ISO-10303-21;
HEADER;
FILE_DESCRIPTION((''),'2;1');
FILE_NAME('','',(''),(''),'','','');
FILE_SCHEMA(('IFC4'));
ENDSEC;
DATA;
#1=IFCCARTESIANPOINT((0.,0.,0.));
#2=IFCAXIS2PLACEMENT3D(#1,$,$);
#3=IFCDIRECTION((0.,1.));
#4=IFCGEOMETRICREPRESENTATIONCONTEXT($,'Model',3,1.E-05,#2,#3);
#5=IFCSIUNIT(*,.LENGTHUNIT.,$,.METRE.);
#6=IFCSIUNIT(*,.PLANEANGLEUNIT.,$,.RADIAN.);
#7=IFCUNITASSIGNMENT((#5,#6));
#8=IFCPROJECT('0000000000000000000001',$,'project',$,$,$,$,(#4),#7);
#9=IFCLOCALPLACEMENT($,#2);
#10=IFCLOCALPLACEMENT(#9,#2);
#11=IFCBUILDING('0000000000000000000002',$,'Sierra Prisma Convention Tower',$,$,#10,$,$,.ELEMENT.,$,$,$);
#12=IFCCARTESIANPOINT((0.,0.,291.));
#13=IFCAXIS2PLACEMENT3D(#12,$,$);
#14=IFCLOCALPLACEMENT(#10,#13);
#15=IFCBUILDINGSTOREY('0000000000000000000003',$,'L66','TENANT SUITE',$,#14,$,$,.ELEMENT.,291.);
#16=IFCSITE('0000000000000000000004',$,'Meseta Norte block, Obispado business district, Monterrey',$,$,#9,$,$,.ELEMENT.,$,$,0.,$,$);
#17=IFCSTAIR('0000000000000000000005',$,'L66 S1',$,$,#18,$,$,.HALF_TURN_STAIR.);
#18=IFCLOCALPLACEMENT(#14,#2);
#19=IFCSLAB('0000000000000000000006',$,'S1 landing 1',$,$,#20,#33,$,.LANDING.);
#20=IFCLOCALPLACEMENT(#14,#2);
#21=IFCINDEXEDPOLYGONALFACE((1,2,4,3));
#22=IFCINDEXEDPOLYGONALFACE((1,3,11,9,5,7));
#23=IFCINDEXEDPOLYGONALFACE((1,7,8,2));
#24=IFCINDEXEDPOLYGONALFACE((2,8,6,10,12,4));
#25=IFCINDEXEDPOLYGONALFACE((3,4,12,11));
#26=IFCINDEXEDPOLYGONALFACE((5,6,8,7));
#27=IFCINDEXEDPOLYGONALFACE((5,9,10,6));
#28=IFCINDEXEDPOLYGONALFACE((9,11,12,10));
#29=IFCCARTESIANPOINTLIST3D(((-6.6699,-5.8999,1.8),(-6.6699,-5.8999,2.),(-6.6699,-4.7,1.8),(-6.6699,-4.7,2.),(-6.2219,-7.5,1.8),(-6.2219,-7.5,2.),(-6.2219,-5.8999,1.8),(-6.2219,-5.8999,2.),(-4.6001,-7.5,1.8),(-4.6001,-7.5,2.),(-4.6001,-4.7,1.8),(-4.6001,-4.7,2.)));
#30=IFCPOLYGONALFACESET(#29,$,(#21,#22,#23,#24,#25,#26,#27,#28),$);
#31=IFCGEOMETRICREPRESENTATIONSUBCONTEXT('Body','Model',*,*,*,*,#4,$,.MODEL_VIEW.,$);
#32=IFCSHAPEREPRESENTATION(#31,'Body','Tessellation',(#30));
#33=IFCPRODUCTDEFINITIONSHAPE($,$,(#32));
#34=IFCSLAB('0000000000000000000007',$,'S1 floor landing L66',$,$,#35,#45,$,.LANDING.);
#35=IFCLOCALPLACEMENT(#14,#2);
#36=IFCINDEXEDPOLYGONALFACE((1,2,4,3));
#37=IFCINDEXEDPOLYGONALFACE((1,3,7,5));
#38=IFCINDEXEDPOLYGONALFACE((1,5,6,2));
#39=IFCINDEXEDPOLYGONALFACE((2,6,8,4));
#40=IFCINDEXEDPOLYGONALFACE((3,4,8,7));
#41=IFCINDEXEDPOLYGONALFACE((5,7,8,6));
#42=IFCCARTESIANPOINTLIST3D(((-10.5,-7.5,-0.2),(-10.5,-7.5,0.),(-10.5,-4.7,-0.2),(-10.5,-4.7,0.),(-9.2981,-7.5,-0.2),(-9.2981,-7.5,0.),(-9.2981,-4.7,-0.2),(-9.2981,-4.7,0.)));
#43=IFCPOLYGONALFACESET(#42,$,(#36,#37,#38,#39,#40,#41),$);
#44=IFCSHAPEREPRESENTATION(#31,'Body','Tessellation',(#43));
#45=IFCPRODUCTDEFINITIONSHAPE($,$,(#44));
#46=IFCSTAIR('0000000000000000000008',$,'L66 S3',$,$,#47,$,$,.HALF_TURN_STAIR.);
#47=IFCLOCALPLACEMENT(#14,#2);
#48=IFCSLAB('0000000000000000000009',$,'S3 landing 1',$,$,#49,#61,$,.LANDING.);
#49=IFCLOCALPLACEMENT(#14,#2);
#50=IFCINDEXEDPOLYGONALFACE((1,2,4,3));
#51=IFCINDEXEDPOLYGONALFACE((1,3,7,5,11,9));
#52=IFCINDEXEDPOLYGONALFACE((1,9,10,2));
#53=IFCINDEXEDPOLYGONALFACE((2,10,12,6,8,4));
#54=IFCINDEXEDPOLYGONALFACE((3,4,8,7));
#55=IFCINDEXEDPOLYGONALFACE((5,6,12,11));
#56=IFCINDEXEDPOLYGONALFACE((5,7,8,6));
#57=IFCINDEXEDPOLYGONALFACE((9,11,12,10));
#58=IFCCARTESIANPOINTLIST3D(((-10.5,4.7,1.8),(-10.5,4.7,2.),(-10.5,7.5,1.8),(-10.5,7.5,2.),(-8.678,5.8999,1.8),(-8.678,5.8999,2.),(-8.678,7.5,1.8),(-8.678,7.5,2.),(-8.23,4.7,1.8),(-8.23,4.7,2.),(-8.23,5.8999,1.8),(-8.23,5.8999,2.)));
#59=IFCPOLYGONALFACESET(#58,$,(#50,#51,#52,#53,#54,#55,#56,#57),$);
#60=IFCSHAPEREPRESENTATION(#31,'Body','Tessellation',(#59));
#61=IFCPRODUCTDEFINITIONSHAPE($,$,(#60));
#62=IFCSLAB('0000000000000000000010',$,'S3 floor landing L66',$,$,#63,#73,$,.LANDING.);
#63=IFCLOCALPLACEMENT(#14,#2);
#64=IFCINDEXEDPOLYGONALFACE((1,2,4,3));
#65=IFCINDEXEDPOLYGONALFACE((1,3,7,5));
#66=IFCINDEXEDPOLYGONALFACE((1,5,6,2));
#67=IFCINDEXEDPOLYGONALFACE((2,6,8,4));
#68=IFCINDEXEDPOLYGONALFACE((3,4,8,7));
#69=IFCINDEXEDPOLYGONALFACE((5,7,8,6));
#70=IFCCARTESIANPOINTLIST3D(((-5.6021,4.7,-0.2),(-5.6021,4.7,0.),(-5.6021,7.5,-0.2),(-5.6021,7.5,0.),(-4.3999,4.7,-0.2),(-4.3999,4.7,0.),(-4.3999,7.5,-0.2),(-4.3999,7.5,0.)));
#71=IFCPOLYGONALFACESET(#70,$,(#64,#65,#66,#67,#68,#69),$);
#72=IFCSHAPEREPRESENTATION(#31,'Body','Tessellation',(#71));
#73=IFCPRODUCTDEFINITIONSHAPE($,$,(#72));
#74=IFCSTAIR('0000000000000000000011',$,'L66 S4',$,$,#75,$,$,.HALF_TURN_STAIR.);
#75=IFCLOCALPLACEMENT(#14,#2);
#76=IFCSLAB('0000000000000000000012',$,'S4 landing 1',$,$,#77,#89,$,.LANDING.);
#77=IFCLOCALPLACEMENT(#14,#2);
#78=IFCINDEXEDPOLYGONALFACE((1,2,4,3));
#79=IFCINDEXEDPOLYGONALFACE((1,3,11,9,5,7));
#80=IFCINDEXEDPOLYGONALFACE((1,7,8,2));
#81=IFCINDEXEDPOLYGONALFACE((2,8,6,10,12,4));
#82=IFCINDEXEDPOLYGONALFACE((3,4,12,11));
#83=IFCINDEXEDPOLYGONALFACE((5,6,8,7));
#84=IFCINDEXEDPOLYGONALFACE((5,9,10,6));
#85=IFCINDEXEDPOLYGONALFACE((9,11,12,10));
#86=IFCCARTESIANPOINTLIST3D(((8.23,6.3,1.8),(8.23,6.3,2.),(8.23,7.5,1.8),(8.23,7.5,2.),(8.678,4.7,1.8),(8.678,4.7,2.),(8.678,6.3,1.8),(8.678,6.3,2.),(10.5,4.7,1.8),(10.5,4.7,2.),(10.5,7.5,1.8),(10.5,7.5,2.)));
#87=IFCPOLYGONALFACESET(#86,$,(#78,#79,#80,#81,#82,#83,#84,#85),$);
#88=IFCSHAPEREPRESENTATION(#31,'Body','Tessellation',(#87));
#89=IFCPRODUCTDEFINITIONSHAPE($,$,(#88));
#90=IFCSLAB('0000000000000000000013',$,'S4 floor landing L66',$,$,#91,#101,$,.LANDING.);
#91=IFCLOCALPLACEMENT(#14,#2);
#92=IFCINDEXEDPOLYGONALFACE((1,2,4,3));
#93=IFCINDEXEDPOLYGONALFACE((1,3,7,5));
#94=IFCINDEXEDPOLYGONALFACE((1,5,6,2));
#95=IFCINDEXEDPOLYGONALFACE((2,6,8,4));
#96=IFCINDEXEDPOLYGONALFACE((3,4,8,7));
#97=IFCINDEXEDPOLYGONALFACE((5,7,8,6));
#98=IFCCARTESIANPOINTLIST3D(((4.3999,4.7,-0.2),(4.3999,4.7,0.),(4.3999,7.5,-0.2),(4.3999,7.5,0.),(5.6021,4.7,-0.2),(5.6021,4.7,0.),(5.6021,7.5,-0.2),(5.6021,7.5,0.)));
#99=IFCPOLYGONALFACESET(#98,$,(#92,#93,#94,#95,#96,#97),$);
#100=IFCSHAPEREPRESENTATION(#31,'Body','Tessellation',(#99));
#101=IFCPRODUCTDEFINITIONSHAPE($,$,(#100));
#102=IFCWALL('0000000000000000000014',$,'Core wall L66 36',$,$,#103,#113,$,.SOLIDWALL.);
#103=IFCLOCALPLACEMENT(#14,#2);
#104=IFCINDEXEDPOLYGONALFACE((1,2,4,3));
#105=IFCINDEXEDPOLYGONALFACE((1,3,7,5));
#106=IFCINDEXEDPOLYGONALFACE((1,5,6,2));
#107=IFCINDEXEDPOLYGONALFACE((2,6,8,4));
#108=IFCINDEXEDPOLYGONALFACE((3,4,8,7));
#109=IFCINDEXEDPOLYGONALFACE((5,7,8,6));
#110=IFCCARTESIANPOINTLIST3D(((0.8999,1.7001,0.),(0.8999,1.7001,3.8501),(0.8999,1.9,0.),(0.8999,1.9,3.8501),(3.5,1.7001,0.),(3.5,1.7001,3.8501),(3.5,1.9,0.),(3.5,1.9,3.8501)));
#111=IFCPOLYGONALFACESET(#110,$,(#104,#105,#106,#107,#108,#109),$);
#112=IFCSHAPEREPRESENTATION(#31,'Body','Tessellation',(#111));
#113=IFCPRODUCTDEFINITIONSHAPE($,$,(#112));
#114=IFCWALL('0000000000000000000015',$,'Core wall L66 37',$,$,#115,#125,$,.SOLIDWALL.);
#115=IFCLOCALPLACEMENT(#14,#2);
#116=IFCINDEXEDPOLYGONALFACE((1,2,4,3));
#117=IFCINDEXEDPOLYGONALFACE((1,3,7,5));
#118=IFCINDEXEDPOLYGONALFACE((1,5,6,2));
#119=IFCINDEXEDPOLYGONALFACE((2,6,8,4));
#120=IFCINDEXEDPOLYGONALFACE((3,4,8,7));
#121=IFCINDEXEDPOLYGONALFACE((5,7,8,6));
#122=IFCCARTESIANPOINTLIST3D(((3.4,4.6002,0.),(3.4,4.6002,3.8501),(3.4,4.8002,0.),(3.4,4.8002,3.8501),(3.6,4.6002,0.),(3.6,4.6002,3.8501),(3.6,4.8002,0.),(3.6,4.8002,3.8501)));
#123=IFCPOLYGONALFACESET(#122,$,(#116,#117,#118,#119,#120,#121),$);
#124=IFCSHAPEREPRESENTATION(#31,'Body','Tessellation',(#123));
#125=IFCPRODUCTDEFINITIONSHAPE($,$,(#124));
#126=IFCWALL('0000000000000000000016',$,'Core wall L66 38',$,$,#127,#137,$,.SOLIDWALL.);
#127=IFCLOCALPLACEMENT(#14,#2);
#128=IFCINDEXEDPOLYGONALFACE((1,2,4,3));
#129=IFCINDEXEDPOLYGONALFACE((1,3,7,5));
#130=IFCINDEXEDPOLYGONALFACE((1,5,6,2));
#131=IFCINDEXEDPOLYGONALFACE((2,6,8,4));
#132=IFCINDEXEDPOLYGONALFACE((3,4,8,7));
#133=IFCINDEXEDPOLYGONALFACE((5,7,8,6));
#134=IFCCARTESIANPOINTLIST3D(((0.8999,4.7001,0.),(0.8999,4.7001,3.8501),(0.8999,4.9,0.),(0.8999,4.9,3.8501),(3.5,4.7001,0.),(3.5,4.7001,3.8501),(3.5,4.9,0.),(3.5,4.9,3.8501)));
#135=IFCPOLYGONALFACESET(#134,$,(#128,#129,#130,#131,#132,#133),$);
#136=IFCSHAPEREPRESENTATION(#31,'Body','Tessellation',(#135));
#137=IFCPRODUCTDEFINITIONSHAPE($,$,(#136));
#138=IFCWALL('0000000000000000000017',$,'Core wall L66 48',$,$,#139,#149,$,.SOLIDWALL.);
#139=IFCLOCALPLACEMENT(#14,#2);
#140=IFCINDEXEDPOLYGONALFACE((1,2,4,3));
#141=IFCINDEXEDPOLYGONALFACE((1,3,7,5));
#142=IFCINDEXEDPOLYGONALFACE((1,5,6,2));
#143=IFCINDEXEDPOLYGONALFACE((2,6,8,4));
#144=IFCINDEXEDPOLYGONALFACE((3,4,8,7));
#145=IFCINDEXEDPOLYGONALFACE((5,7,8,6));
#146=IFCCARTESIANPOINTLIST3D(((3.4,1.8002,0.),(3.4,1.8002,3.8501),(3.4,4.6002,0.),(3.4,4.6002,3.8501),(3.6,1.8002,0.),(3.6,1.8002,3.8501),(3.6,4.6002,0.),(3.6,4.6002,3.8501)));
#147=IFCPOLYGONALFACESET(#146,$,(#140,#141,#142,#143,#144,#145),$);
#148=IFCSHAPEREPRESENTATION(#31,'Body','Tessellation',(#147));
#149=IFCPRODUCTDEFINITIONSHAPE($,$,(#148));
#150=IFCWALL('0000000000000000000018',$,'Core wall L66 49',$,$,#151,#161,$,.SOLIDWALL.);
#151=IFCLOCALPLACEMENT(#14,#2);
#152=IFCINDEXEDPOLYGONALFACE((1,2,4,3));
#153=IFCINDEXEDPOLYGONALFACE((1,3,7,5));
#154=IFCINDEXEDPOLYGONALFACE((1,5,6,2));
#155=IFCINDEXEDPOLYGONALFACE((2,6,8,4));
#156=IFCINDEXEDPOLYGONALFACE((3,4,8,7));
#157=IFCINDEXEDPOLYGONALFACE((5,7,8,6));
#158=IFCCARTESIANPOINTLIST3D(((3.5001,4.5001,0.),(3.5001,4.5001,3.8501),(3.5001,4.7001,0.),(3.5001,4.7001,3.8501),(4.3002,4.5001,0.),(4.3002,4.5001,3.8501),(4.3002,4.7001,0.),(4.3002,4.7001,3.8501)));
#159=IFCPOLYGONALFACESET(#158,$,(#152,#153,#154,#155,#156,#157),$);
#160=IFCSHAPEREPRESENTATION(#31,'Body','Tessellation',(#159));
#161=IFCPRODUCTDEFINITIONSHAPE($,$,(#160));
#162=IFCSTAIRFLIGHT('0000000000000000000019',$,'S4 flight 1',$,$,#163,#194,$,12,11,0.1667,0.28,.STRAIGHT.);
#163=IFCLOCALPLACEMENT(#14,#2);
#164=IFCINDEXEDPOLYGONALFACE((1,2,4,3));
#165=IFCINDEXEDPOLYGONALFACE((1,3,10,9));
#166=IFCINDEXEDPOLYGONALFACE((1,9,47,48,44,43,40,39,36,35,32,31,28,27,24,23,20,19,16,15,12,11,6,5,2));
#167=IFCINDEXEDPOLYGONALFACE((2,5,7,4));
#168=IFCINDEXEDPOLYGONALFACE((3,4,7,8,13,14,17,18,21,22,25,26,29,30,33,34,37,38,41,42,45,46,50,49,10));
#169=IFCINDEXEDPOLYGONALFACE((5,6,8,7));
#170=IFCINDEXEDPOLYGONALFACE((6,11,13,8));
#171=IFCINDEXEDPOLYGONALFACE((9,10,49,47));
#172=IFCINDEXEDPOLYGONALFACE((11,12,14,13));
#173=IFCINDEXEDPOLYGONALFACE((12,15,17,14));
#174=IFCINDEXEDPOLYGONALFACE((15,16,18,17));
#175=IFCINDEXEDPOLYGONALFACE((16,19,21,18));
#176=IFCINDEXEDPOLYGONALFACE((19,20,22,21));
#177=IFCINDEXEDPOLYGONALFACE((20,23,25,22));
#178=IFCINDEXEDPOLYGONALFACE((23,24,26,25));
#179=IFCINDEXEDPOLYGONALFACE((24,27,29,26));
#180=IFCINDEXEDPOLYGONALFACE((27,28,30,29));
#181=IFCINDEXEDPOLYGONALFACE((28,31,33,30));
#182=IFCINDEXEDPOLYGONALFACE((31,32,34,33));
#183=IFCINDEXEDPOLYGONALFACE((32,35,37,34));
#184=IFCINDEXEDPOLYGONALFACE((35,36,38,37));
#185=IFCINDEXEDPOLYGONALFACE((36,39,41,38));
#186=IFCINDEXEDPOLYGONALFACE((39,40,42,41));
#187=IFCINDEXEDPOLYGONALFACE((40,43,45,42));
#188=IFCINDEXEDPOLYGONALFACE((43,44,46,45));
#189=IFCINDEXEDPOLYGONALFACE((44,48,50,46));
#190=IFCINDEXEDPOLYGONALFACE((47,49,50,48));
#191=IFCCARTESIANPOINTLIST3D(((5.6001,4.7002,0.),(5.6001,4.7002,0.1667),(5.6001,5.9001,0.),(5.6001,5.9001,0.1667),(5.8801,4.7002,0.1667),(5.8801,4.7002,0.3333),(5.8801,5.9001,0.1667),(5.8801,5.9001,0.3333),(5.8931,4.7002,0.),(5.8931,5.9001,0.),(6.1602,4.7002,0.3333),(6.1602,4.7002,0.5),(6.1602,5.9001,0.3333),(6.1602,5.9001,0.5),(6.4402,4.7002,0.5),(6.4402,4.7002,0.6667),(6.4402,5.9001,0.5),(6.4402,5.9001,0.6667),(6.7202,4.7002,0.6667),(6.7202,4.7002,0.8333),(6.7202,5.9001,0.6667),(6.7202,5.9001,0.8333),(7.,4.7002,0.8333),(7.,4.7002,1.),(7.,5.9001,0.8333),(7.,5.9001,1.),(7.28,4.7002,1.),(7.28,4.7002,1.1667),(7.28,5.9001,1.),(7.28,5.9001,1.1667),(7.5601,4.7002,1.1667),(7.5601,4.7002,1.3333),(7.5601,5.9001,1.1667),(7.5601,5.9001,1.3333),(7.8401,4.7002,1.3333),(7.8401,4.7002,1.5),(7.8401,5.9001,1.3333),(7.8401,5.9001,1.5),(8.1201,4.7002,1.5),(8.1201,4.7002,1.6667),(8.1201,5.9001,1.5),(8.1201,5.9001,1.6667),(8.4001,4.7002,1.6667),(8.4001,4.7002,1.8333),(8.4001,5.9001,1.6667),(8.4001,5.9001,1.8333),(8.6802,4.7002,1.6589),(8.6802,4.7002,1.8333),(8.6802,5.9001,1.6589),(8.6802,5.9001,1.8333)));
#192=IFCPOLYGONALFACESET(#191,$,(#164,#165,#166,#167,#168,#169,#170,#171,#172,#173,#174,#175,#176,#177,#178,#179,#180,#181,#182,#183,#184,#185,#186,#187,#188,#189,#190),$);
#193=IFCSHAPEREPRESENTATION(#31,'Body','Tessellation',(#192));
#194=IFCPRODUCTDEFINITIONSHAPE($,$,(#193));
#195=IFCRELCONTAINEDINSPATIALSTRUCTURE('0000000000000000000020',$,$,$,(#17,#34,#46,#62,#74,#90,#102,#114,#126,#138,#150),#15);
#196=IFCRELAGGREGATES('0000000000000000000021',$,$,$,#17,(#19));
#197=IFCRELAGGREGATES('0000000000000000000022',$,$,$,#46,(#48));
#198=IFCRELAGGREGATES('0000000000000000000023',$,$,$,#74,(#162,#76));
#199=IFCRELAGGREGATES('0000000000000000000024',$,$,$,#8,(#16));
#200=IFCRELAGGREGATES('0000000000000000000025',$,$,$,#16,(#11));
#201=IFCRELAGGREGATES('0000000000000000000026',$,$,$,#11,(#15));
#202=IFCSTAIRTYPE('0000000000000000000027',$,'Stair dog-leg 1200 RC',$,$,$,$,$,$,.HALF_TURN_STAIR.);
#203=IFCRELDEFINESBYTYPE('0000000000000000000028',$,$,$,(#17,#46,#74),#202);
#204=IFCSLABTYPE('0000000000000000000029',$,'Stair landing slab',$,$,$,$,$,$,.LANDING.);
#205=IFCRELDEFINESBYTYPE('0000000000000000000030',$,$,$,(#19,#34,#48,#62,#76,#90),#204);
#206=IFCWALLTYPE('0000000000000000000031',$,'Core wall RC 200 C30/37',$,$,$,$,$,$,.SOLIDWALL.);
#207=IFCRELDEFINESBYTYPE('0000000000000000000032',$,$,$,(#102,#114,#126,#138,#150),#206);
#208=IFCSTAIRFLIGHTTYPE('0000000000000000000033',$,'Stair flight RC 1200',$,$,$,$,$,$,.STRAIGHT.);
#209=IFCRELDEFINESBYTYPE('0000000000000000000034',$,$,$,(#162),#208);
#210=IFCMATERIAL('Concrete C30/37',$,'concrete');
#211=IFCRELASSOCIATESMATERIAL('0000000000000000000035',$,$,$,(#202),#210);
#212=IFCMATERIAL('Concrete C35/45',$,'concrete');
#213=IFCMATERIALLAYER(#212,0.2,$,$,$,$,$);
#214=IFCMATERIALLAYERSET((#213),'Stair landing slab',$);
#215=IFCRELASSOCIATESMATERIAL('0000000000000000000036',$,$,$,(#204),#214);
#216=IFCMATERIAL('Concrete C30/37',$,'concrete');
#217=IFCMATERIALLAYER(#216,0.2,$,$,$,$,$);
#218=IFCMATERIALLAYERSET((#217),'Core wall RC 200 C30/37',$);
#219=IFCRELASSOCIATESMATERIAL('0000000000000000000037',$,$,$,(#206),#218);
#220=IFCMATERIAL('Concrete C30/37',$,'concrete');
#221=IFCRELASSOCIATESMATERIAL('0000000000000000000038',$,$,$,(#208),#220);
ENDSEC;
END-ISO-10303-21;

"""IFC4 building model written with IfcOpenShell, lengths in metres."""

from ifc_helpers import new_model, si_unit, direction, frame, frame_2d, origin, place, context, subcontext, project, spatial, polyline, rectangle, outline, extrude, material, layer, layer_set, type_object, element, aggregate, save


model = new_model("IFC4")

# Units and contexts
model_context = context("Model", 3, precision=1e-05, world=origin(), true_north=direction((0.0, 1.0)))
body_context = subcontext(model_context, "Body", "Model", "MODEL_VIEW")
ifc_project = project(units=[si_unit("LENGTHUNIT", "METRE"), si_unit("PLANEANGLEUNIT", "RADIAN")], contexts=[model_context])

# Site, building, storey
site_placement = place(None, origin())
site = spatial("IfcSite", under=ifc_project, at=site_placement, Name="Meseta Norte block, Obispado business district, Monterrey", CompositionType="ELEMENT", RefElevation=0.0)
building_placement = place(site_placement, origin())
building = spatial("IfcBuilding", under=site, at=building_placement, Name="Sierra Prisma Convention Tower", CompositionType="ELEMENT")
storey_placement = place(building_placement, frame((0.0, 0.0, 291.0)))
storey = spatial("IfcBuildingStorey", under=building, at=storey_placement, Name="L66", Description="TENANT SUITE", CompositionType="ELEMENT", Elevation=291.0)

# Stair, slab
ifc_material_1 = material(Name="Concrete C30/37", Category="concrete")
stair_type = type_object("IfcStairType", Name="Stair dog-leg 1200 RC", PredefinedType="HALF_TURN_STAIR", material=ifc_material_1)
stair_1_placement = place(storey_placement, origin())
stair_1 = element("IfcStair", 1, at=stair_1_placement, inside=storey, type_object=stair_type, Name="L66 S1", PredefinedType="HALF_TURN_STAIR")
ifc_material_2 = material(Name="Concrete C35/45", Category="concrete")
ifc_layer_1 = layer(ifc_material_2, 0.2)
ifc_layer_set_1 = layer_set([ifc_layer_1], Name="Stair landing slab")
slab_type = type_object("IfcSlabType", Name="Stair landing slab", PredefinedType="LANDING", material=ifc_layer_set_1)
slab_1_placement = place(storey_placement, frame((0.0, 0.0, 1.8)))
slab_1 = element("IfcSlab", 2, at=slab_1_placement, type_object=slab_type, Name="S1 landing 1", PredefinedType="LANDING", context=body_context, shape_type="SweptSolid", body=[
    extrude(outline(polyline([(-4.6001, -4.7), (-4.6001, -7.5), (-6.2219, -7.5), (-6.2219, -5.8999), (-6.6699, -5.8999), (-6.6699, -4.7), (-4.6001, -4.7)])), origin(), (0.0, 0.0, 1.0), 0.2),
])
aggregate(stair_1, [slab_1])

# Slab
slab_2_placement = place(storey_placement, frame((0.0, 0.0, -0.2)))
element("IfcSlab", 3, at=slab_2_placement, inside=storey, type_object=slab_type, Name="S1 floor landing L66", PredefinedType="LANDING", context=body_context, shape_type="SweptSolid", body=[
    extrude(outline(polyline([(-10.5, -7.5), (-9.2981, -7.5), (-9.2981, -4.7), (-10.5, -4.7), (-10.5, -7.5)])), origin(), (0.0, 0.0, 1.0), 0.2),
])

# Stair, slab
stair_2_placement = place(storey_placement, origin())
stair_2 = element("IfcStair", 4, at=stair_2_placement, inside=storey, type_object=stair_type, Name="L66 S3", PredefinedType="HALF_TURN_STAIR")
slab_3_placement = place(storey_placement, frame((0.0, 0.0, 1.8)))
slab_3 = element("IfcSlab", 5, at=slab_3_placement, type_object=slab_type, Name="S3 landing 1", PredefinedType="LANDING", context=body_context, shape_type="SweptSolid", body=[
    extrude(outline(polyline([(-8.23, 5.8999), (-8.23, 4.7), (-10.5, 4.7), (-10.5, 7.5), (-8.678, 7.5), (-8.678, 5.8999), (-8.23, 5.8999)])), origin(), (0.0, 0.0, 1.0), 0.2),
])
aggregate(stair_2, [slab_3])

# Slab
slab_4_placement = place(storey_placement, frame((0.0, 0.0, -0.2)))
element("IfcSlab", 6, at=slab_4_placement, inside=storey, type_object=slab_type, Name="S3 floor landing L66", PredefinedType="LANDING", context=body_context, shape_type="SweptSolid", body=[
    extrude(outline(polyline([(-4.3999, 7.5), (-5.6021, 7.5), (-5.6021, 4.7), (-4.3999, 4.7), (-4.3999, 7.5)])), origin(), (0.0, 0.0, 1.0), 0.2),
])

# Stair, slab
stair_3_placement = place(storey_placement, origin())
stair_3 = element("IfcStair", 7, at=stair_3_placement, inside=storey, type_object=stair_type, Name="L66 S4", PredefinedType="HALF_TURN_STAIR")
slab_5_placement = place(storey_placement, frame((0.0, 0.0, 1.8)))
slab_5 = element("IfcSlab", 8, at=slab_5_placement, type_object=slab_type, Name="S4 landing 1", PredefinedType="LANDING", context=body_context, shape_type="SweptSolid", body=[
    extrude(outline(polyline([(10.5, 7.5), (10.5, 4.7), (8.678, 4.7), (8.678, 6.3), (8.23, 6.3), (8.23, 7.5), (10.5, 7.5)])), origin(), (0.0, 0.0, 1.0), 0.2),
])

# Slab
slab_6_placement = place(storey_placement, frame((0.0, 0.0, -0.2)))
element("IfcSlab", 9, at=slab_6_placement, inside=storey, type_object=slab_type, Name="S4 floor landing L66", PredefinedType="LANDING", context=body_context, shape_type="SweptSolid", body=[
    extrude(outline(polyline([(4.3999, 4.7), (5.6021, 4.7), (5.6021, 7.5), (4.3999, 7.5), (4.3999, 4.7)])), origin(), (0.0, 0.0, 1.0), 0.2),
])

# Shared definitions
ifc_material_3 = material(Name="Concrete C30/37", Category="concrete")
ifc_layer_2 = layer(ifc_material_3, 0.2)
ifc_layer_set_2 = layer_set([ifc_layer_2], Name="Core wall RC 200 C30/37")
wall_type = type_object("IfcWallType", Name="Core wall RC 200 C30/37", PredefinedType="SOLIDWALL", material=ifc_layer_set_2)

# Walls
wall_1_placement = place(storey_placement, frame((3.5, 1.8, 0.0), z_axis=(0.0, 0.0, 1.0), x_axis=(-1.0, 0.0, 0.0)))
element("IfcWall", 10, at=wall_1_placement, inside=storey, type_object=wall_type, Name="Core wall L66 36", PredefinedType="SOLIDWALL", context=body_context, shape_type="SweptSolid", body=[
    extrude(rectangle(XDim=2.6001, YDim=0.2, at=frame_2d((1.3, 0.0))), origin(), (0.0, 0.0, 1.0), 3.8501),
])
wall_2_placement = place(storey_placement, frame((3.5, 4.6001, 0.0), z_axis=(0.0, 0.0, 1.0), x_axis=(0.0, 1.0, 0.0)))
element("IfcWall", 11, at=wall_2_placement, inside=storey, type_object=wall_type, Name="Core wall L66 37", PredefinedType="SOLIDWALL", context=body_context, shape_type="SweptSolid", body=[
    extrude(rectangle(XDim=0.2, YDim=0.2, at=frame_2d((0.1001, 0.0))), origin(), (0.0, 0.0, 1.0), 3.8501),
])
wall_3_placement = place(storey_placement, frame((3.5, 4.8, 0.0), z_axis=(0.0, 0.0, 1.0), x_axis=(-1.0, 0.0, 0.0)))
element("IfcWall", 12, at=wall_3_placement, inside=storey, type_object=wall_type, Name="Core wall L66 38", PredefinedType="SOLIDWALL", context=body_context, shape_type="SweptSolid", body=[
    extrude(rectangle(XDim=2.6001, YDim=0.2, at=frame_2d((1.3, 0.0))), origin(), (0.0, 0.0, 1.0), 3.8501),
])

# Walls
wall_4_placement = place(storey_placement, frame((3.5, 4.6001, 0.0), z_axis=(0.0, 0.0, 1.0), x_axis=(0.0, -1.0, 0.0)))
element("IfcWall", 13, at=wall_4_placement, inside=storey, type_object=wall_type, Name="Core wall L66 48", PredefinedType="SOLIDWALL", context=body_context, shape_type="SweptSolid", body=[
    extrude(rectangle(XDim=2.8, YDim=0.2, at=frame_2d((1.3999, 0.0))), origin(), (0.0, 0.0, 1.0), 3.8501),
])
wall_5_placement = place(storey_placement, frame((4.3, 4.6001, 0.0), z_axis=(0.0, 0.0, 1.0), x_axis=(-1.0, 0.0, 0.0)))
element("IfcWall", 14, at=wall_5_placement, inside=storey, type_object=wall_type, Name="Core wall L66 49", PredefinedType="SOLIDWALL", context=body_context, shape_type="SweptSolid", body=[
    extrude(rectangle(XDim=0.8, YDim=0.2, at=frame_2d((0.3999, 0.0))), origin(), (0.0, 0.0, 1.0), 3.8501),
])

# Stair flight
ifc_material_4 = material(Name="Concrete C30/37", Category="concrete")
stair_flight_type = type_object("IfcStairFlightType", Name="Stair flight RC 1200", PredefinedType="STRAIGHT", material=ifc_material_4)
stair_flight_placement = place(storey_placement, frame((5.6001, 5.3, 0.0), z_axis=(0.0, 0.0, 1.0), x_axis=(1.0, 0.0, 0.0)))
stair_flight = element("IfcStairFlight", 15, at=stair_flight_placement, type_object=stair_flight_type, Name="S4 flight 1", NumberOfRisers=12, NumberOfTreads=11, PredefinedType="STRAIGHT", RiserHeight=0.1667, TreadLength=0.28, context=body_context, shape_type="SweptSolid", body=[
    extrude(outline(polyline([(0.0, 0.0), (0.0, 0.1667), (0.28, 0.1667), (0.28, 0.3333), (0.5601, 0.3333), (0.5601, 0.5), (0.8401, 0.5), (0.8401, 0.6667), (1.1201, 0.6667), (1.1201, 0.8333), (1.3999, 0.8333), (1.3999, 1.0), (1.6799, 1.0), (1.6799, 1.1667), (1.96, 1.1667), (1.96, 1.3333), (2.24, 1.3333), (2.24, 1.5), (2.52, 1.5), (2.52, 1.6667), (2.8, 1.6667), (2.8, 1.8333), (3.0801, 1.8333), (3.0801, 2.0), (3.0801, 1.6589), (0.293, 0.0), (0.0, 0.0)])), frame((0.0, 0.6001, 0.0), z_axis=(0.0, -1.0, 0.0), x_axis=(1.0, 0.0, 0.0)), (0.0, 0.0, 1.0), 1.2),
])
aggregate(stair_3, [stair_flight, slab_5])

save(model, "model.ifc")
